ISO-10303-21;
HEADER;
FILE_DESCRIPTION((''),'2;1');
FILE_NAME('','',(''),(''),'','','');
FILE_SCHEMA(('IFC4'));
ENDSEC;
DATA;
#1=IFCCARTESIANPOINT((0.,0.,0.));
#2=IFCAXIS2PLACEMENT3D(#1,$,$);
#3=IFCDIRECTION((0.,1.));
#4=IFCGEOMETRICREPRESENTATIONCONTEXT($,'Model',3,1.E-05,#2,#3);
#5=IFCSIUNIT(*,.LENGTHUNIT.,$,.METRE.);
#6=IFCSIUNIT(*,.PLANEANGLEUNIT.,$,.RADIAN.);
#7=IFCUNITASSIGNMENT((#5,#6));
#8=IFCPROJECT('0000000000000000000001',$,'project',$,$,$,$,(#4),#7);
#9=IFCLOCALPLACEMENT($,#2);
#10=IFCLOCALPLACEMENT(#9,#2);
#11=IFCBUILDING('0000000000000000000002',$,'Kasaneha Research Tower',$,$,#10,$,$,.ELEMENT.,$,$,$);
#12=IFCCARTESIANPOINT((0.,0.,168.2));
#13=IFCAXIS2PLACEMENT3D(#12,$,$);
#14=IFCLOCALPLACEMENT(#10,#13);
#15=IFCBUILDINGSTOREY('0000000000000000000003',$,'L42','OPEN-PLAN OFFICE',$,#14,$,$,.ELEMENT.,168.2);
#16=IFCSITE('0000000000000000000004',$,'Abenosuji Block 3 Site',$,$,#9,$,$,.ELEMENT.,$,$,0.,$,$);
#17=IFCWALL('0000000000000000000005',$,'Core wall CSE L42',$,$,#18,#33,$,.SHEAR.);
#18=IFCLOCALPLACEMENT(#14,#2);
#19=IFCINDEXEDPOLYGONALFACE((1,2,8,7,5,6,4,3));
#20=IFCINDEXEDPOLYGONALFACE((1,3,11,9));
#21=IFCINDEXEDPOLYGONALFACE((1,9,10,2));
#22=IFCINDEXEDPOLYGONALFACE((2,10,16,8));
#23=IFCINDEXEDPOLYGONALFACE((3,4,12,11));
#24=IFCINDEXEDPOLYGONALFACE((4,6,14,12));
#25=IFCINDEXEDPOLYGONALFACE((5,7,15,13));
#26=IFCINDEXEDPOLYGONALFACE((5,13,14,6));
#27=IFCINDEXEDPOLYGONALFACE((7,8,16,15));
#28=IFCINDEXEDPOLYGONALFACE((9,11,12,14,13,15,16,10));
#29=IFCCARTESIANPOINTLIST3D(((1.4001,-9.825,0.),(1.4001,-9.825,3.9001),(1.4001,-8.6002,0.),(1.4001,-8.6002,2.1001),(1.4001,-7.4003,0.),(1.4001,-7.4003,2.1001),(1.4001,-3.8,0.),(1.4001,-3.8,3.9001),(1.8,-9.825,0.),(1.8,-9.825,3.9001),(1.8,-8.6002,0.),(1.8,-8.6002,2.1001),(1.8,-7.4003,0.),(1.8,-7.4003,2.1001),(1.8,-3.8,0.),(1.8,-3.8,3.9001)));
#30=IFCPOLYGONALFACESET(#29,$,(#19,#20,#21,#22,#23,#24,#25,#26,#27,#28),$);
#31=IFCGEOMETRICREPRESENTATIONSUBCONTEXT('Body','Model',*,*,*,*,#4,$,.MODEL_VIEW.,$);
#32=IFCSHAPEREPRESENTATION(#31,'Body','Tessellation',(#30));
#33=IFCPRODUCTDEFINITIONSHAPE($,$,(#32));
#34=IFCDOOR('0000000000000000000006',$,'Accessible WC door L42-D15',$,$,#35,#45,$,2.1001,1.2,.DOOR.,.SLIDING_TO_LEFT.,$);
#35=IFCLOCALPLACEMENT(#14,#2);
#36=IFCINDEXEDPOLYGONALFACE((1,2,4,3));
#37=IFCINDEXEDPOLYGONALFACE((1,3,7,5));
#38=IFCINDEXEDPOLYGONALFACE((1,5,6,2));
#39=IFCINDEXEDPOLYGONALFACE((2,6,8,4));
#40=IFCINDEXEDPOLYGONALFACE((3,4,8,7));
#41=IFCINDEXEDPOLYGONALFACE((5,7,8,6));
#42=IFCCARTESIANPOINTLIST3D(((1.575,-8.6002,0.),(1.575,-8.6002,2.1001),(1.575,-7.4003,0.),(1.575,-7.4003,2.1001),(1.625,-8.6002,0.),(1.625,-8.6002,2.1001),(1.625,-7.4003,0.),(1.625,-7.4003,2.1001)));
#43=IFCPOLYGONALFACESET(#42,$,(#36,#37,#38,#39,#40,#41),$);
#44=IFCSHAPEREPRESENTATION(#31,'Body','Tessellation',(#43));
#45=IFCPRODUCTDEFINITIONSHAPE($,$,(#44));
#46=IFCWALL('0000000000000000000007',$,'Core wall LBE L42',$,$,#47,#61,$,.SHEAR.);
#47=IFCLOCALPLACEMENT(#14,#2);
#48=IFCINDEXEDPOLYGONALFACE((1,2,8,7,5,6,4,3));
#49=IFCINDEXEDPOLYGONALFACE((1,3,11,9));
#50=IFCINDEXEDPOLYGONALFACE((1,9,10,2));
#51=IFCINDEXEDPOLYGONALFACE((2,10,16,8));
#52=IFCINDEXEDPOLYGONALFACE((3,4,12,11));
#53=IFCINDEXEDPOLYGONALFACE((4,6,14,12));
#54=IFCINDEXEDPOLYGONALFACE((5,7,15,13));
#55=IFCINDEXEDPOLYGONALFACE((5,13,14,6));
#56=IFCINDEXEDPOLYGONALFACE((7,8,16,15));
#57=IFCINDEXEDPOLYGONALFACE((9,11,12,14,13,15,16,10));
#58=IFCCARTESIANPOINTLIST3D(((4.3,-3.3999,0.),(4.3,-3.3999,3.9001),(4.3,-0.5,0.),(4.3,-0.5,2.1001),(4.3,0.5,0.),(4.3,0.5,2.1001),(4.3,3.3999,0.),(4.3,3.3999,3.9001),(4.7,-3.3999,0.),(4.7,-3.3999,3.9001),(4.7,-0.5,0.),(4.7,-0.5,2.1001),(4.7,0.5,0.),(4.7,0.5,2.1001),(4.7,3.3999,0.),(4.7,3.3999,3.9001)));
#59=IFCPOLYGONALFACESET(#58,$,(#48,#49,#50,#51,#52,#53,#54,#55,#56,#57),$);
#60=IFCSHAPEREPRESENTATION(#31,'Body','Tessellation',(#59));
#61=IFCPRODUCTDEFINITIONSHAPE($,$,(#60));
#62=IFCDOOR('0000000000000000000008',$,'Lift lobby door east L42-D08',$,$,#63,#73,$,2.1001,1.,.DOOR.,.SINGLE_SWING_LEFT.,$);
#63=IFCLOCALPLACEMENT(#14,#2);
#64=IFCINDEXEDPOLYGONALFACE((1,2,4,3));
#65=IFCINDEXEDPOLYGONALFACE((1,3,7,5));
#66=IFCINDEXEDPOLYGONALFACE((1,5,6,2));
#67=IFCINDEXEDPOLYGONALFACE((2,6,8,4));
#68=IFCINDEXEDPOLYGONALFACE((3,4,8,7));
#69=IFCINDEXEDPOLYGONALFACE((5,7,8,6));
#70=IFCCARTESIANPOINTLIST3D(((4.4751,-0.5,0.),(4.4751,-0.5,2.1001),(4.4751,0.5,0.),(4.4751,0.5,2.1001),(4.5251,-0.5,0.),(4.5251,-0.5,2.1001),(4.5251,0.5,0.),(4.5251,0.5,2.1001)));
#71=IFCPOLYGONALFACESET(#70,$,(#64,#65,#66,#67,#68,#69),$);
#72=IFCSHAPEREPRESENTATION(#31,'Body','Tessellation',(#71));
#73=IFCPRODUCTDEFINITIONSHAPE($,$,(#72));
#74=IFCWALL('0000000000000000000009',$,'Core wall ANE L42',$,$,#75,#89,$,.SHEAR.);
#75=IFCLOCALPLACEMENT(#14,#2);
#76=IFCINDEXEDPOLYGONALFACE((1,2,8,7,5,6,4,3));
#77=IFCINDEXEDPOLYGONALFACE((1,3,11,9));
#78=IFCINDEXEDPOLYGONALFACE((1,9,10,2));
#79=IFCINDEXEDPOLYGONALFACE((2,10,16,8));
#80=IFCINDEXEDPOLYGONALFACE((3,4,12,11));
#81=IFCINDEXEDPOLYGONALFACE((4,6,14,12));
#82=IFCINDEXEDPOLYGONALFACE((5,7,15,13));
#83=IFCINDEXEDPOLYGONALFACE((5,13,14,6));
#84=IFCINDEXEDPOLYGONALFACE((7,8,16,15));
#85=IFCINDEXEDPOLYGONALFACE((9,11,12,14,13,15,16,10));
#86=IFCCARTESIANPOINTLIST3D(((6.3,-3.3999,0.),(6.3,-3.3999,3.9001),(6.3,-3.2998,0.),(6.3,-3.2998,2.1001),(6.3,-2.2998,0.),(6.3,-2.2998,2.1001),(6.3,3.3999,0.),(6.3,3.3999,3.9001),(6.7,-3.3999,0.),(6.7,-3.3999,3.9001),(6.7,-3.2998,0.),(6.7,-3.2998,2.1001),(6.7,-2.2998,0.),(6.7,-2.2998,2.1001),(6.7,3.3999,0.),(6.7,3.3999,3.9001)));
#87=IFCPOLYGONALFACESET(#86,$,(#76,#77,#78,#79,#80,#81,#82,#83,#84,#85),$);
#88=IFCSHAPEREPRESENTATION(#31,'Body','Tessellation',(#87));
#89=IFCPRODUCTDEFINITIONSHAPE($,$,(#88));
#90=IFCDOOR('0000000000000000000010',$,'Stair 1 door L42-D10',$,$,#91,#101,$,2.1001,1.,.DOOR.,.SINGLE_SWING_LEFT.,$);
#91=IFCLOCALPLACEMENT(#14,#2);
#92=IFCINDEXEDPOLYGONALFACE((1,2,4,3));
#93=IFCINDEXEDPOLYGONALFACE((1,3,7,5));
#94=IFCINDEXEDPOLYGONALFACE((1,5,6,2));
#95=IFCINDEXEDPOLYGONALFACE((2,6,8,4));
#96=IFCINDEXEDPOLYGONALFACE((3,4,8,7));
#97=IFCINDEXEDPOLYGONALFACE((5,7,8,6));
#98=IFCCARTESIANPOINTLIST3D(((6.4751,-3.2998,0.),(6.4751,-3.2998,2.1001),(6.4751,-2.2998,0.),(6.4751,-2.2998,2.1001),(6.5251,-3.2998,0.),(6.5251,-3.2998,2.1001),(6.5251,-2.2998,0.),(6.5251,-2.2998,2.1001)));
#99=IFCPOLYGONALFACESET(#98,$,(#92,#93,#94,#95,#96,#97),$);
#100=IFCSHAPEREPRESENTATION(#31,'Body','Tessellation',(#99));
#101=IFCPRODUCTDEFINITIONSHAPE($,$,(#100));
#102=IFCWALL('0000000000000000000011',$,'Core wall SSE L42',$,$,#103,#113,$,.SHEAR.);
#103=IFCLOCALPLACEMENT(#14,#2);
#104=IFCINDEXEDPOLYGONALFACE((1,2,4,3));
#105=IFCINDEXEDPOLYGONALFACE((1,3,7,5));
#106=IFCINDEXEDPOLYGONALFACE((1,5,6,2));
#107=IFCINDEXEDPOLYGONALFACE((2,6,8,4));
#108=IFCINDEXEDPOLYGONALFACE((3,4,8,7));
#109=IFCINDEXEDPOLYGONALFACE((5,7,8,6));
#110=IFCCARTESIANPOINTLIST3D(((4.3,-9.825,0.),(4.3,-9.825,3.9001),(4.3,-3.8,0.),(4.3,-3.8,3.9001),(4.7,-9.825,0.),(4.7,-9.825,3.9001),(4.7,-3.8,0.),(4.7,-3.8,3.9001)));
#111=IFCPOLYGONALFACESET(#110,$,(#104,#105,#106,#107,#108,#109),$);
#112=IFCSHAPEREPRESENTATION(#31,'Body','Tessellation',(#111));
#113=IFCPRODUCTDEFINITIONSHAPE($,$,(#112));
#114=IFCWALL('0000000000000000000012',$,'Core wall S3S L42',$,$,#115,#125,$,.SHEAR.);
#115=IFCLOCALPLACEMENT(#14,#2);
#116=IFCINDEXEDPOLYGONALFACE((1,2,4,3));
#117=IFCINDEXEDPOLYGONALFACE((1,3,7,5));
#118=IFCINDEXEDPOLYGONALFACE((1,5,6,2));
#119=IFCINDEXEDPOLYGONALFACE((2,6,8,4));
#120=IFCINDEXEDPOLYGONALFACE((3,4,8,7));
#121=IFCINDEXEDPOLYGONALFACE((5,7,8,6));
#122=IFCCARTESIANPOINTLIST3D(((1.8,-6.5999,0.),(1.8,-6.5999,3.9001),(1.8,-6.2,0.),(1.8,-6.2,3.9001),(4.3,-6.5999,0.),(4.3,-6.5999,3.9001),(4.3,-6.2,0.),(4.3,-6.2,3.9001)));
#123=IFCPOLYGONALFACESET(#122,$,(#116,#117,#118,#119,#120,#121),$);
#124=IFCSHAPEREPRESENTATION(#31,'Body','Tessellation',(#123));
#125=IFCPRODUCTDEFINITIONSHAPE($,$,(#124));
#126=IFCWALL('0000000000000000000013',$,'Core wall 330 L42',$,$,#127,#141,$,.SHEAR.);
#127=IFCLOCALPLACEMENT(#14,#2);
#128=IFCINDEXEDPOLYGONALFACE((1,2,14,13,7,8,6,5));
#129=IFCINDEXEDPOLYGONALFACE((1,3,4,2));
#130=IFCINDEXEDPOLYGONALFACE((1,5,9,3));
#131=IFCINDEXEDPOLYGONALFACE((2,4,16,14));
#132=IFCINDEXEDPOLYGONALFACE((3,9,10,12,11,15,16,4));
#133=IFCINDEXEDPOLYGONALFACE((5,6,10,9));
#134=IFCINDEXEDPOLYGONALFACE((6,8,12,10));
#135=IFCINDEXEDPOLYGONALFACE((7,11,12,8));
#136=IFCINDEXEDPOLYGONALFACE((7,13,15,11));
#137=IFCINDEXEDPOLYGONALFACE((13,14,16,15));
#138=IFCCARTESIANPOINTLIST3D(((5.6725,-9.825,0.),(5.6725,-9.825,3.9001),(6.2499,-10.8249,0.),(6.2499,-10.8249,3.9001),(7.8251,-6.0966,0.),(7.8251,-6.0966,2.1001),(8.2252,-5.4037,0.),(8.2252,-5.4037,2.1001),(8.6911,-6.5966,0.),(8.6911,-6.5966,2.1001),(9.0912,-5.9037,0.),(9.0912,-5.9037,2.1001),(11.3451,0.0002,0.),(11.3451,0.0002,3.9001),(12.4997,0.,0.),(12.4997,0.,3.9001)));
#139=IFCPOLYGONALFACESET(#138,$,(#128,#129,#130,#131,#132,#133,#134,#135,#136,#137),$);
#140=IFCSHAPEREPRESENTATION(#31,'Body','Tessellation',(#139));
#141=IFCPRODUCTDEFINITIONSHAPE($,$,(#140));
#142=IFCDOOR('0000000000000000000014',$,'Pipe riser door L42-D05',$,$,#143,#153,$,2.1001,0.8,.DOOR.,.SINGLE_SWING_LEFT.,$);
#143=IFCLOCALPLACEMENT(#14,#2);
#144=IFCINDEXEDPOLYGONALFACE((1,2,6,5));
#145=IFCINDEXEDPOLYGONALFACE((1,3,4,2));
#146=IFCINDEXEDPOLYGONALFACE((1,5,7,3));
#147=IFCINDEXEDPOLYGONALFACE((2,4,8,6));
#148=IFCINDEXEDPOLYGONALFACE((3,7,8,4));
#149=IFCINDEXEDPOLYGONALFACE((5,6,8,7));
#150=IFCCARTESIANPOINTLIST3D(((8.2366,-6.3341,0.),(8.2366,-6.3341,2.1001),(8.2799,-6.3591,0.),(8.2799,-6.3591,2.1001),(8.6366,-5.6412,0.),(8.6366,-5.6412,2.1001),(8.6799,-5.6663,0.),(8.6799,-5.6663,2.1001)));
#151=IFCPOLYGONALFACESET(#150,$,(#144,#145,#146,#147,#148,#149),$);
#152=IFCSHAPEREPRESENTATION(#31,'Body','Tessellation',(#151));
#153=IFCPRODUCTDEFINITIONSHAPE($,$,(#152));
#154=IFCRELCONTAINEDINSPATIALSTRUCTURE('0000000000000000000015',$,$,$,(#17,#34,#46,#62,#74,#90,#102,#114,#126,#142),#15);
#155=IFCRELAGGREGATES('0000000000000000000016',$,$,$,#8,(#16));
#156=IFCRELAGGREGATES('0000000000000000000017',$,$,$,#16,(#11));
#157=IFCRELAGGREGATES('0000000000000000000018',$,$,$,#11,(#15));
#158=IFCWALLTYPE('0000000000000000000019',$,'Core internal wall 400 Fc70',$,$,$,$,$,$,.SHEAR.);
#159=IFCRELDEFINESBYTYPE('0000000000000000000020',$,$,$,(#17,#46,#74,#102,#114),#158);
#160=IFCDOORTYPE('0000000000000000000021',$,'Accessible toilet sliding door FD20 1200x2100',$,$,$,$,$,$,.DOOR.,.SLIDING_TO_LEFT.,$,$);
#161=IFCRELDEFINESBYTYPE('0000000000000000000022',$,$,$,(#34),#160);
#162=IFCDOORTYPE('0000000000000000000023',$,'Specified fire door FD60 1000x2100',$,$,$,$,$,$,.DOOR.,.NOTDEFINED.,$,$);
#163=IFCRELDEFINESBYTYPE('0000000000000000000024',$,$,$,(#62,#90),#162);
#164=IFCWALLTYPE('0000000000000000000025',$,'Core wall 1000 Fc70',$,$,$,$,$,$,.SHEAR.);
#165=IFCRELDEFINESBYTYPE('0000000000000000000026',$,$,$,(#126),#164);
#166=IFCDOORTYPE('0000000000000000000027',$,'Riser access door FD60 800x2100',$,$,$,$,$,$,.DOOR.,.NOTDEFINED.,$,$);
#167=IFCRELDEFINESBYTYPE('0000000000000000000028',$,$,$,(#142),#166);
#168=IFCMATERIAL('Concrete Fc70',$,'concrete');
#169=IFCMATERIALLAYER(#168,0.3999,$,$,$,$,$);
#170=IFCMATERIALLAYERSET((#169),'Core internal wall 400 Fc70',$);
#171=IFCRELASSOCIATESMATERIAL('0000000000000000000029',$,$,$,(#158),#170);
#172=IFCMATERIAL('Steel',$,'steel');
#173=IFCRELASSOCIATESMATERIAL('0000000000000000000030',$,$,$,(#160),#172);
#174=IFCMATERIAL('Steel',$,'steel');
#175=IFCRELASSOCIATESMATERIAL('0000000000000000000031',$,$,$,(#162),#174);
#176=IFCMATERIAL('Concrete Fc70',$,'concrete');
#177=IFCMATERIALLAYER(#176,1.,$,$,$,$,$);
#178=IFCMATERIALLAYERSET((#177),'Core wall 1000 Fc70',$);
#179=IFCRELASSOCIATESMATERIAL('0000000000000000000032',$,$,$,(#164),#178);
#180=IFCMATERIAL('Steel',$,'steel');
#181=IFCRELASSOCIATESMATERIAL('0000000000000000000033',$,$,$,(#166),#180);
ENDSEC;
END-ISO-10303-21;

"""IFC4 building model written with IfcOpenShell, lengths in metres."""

from ifc_helpers import new_model, si_unit, direction, frame, frame_2d, origin, place, context, subcontext, project, spatial, polyline, rectangle, outline, extrude, material, layer, layer_set, type_object, element, fill, save


model = new_model("IFC4")

# Units and contexts
model_context = context("Model", 3, precision=1e-05, world=origin(), true_north=direction((0.0, 1.0)))
body_context = subcontext(model_context, "Body", "Model", "MODEL_VIEW")
ifc_project = project(units=[si_unit("LENGTHUNIT", "METRE"), si_unit("PLANEANGLEUNIT", "RADIAN")], contexts=[model_context])

# Site, building, storey
site_placement = place(None, origin())
site = spatial("IfcSite", under=ifc_project, at=site_placement, Name="Abenosuji Block 3 Site", CompositionType="ELEMENT", RefElevation=0.0)
building_placement = place(site_placement, origin())
building = spatial("IfcBuilding", under=site, at=building_placement, Name="Kasaneha Research Tower", CompositionType="ELEMENT")
storey_placement = place(building_placement, frame((0.0, 0.0, 168.2)))
storey = spatial("IfcBuildingStorey", under=building, at=storey_placement, Name="L42", Description="OPEN-PLAN OFFICE", CompositionType="ELEMENT", Elevation=168.2)

# Walls, openings, doors
ifc_material_1 = material(Name="Concrete Fc70", Category="concrete")
ifc_layer_1 = layer(ifc_material_1, 0.3999)
ifc_layer_set_1 = layer_set([ifc_layer_1], Name="Core internal wall 400 Fc70")
wall_type_1 = type_object("IfcWallType", Name="Core internal wall 400 Fc70", PredefinedType="SHEAR", material=ifc_layer_set_1)
wall_1_placement = place(storey_placement, frame((1.6001, -3.8, 0.0), z_axis=(0.0, 0.0, 1.0), x_axis=(0.0, -1.0, 0.0)))
wall_1 = element("IfcWall", 1, at=wall_1_placement, inside=storey, type_object=wall_type_1, Name="Core wall CSE L42", PredefinedType="SHEAR", context=body_context, shape_type="SweptSolid", body=[
    extrude(rectangle(XDim=6.0249, YDim=0.3999, at=frame_2d((3.0125, 0.0))), origin(), (0.0, 0.0, 1.0), 3.9001),
])
opening_1_placement = place(wall_1_placement, frame((3.6001, 0.0, 0.0)))
opening_1 = element("IfcOpeningElement", 2, at=opening_1_placement, cuts=wall_1, PredefinedType="OPENING", context=body_context, shape_type="SweptSolid", body=[
    extrude(rectangle(XDim=1.2, YDim=2.1001, at=frame_2d((0.6001, 1.05))), frame((0.0, 0.21, 0.0), z_axis=(0.0, -1.0, 0.0), x_axis=(1.0, 0.0, 0.0)), (0.0, 0.0, 1.0), 0.4199),
])
ifc_material_2 = material(Name="Steel", Category="steel")
door_type_1 = type_object("IfcDoorType", Name="Accessible toilet sliding door FD20 1200x2100", OperationType="SLIDING_TO_LEFT", PredefinedType="DOOR", material=ifc_material_2)
door_1_placement = place(opening_1_placement, origin())
door_1 = element("IfcDoor", 3, at=door_1_placement, inside=storey, type_object=door_type_1, Name="Accessible WC door L42-D15", OperationType="SLIDING_TO_LEFT", OverallHeight=2.1001, OverallWidth=1.2, PredefinedType="DOOR", context=body_context, shape_type="SweptSolid", body=[
    extrude(rectangle(XDim=1.2, YDim=2.1001, at=frame_2d((0.6001, 1.05))), frame((0.0, 0.0249, 0.0), z_axis=(0.0, -1.0, 0.0), x_axis=(1.0, 0.0, 0.0)), (0.0, 0.0, 1.0), 0.05),
])
fill(opening_1, door_1)
wall_2_placement = place(storey_placement, frame((4.5, -3.3999, 0.0), z_axis=(0.0, 0.0, 1.0), x_axis=(0.0, 1.0, 0.0)))
wall_2 = element("IfcWall", 4, at=wall_2_placement, inside=storey, type_object=wall_type_1, Name="Core wall LBE L42", PredefinedType="SHEAR", context=body_context, shape_type="SweptSolid", body=[
    extrude(rectangle(XDim=6.7998, YDim=0.3999, at=frame_2d((3.3999, 0.0))), origin(), (0.0, 0.0, 1.0), 3.9001),
])
opening_2_placement = place(wall_2_placement, frame((2.8999, 0.0, 0.0)))
opening_2 = element("IfcOpeningElement", 5, at=opening_2_placement, cuts=wall_2, PredefinedType="OPENING", context=body_context, shape_type="SweptSolid", body=[
    extrude(rectangle(XDim=1.0, YDim=2.1001, at=frame_2d((0.5, 1.05))), frame((0.0, 0.21, 0.0), z_axis=(0.0, -1.0, 0.0), x_axis=(1.0, 0.0, 0.0)), (0.0, 0.0, 1.0), 0.4199),
])
ifc_material_3 = material(Name="Steel", Category="steel")
door_type_2 = type_object("IfcDoorType", Name="Specified fire door FD60 1000x2100", OperationType="NOTDEFINED", PredefinedType="DOOR", material=ifc_material_3)
door_2_placement = place(opening_2_placement, origin())
door_2 = element("IfcDoor", 6, at=door_2_placement, inside=storey, type_object=door_type_2, Name="Lift lobby door east L42-D08", OperationType="SINGLE_SWING_LEFT", OverallHeight=2.1001, OverallWidth=1.0, PredefinedType="DOOR", context=body_context, shape_type="SweptSolid", body=[
    extrude(rectangle(XDim=1.0, YDim=2.1001, at=frame_2d((0.5, 1.05))), frame((0.0, 0.0249, 0.0), z_axis=(0.0, -1.0, 0.0), x_axis=(1.0, 0.0, 0.0)), (0.0, 0.0, 1.0), 0.05),
])
fill(opening_2, door_2)
wall_3_placement = place(storey_placement, frame((6.5, -3.3999, 0.0), z_axis=(0.0, 0.0, 1.0), x_axis=(0.0, 1.0, 0.0)))
wall_3 = element("IfcWall", 7, at=wall_3_placement, inside=storey, type_object=wall_type_1, Name="Core wall ANE L42", PredefinedType="SHEAR", context=body_context, shape_type="SweptSolid", body=[
    extrude(rectangle(XDim=6.7998, YDim=0.3999, at=frame_2d((3.3999, 0.0))), origin(), (0.0, 0.0, 1.0), 3.9001),
])
opening_3_placement = place(wall_3_placement, frame((0.1001, 0.0, 0.0)))
opening_3 = element("IfcOpeningElement", 8, at=opening_3_placement, cuts=wall_3, PredefinedType="OPENING", context=body_context, shape_type="SweptSolid", body=[
    extrude(rectangle(XDim=1.0, YDim=2.1001, at=frame_2d((0.5, 1.05))), frame((0.0, 0.21, 0.0), z_axis=(0.0, -1.0, 0.0), x_axis=(1.0, 0.0, 0.0)), (0.0, 0.0, 1.0), 0.4199),
])
door_3_placement = place(opening_3_placement, origin())
door_3 = element("IfcDoor", 9, at=door_3_placement, inside=storey, type_object=door_type_2, Name="Stair 1 door L42-D10", OperationType="SINGLE_SWING_LEFT", OverallHeight=2.1001, OverallWidth=1.0, PredefinedType="DOOR", context=body_context, shape_type="SweptSolid", body=[
    extrude(rectangle(XDim=1.0, YDim=2.1001, at=frame_2d((0.5, 1.05))), frame((0.0, 0.0249, 0.0), z_axis=(0.0, -1.0, 0.0), x_axis=(1.0, 0.0, 0.0)), (0.0, 0.0, 1.0), 0.05),
])
fill(opening_3, door_3)

# Walls
wall_4_placement = place(storey_placement, frame((4.5, -3.8, 0.0), z_axis=(0.0, 0.0, 1.0), x_axis=(0.0, -1.0, 0.0)))
element("IfcWall", 10, at=wall_4_placement, inside=storey, type_object=wall_type_1, Name="Core wall SSE L42", PredefinedType="SHEAR", context=body_context, shape_type="SweptSolid", body=[
    extrude(rectangle(XDim=6.0249, YDim=0.3999, at=frame_2d((3.0125, 0.0))), origin(), (0.0, 0.0, 1.0), 3.9001),
])
wall_5_placement = place(storey_placement, frame((1.8, -6.3999, 0.0), z_axis=(0.0, 0.0, 1.0), x_axis=(1.0, 0.0, 0.0)))
element("IfcWall", 11, at=wall_5_placement, inside=storey, type_object=wall_type_1, Name="Core wall S3S L42", PredefinedType="SHEAR", context=body_context, shape_type="SweptSolid", body=[
    extrude(rectangle(XDim=2.5, YDim=0.3999, at=frame_2d((1.25, 0.0))), origin(), (0.0, 0.0, 1.0), 3.9001),
])

# Wall, opening, door
ifc_material_4 = material(Name="Concrete Fc70", Category="concrete")
ifc_layer_2 = layer(ifc_material_4, 1.0)
ifc_layer_set_2 = layer_set([ifc_layer_2], Name="Core wall 1000 Fc70")
wall_type_2 = type_object("IfcWallType", Name="Core wall 1000 Fc70", PredefinedType="SHEAR", material=ifc_layer_set_2)
wall_6_placement = place(storey_placement, frame((5.9612, -10.325, 0.0), z_axis=(0.0, 0.0, 1.0), x_axis=(0.500004, 0.866023, 0.0)))
wall_6 = element("IfcWall", 12, at=wall_6_placement, inside=storey, type_object=wall_type_2, Name="Core wall 330 L42", PredefinedType="SHEAR", context=body_context, shape_type="SweptSolid", body=[
    extrude(outline(polyline([(-0.2886, -0.5), (4.594, -0.5), (5.394, -0.5), (12.2109, -0.5), (11.6338, 0.5), (5.394, 0.5), (4.594, 0.5), (0.2886, 0.5), (-0.2886, -0.5)])), origin(), (0.0, 0.0, 1.0), 3.9001),
])
opening_4_placement = place(wall_6_placement, frame((4.594, 0.0, 0.0)))
opening_4 = element("IfcOpeningElement", 13, at=opening_4_placement, cuts=wall_6, PredefinedType="OPENING", context=body_context, shape_type="SweptSolid", body=[
    extrude(rectangle(XDim=0.8, YDim=2.1001, at=frame_2d((0.3999, 1.05))), frame((0.0, 0.51, 0.0), z_axis=(0.0, -1.0, 0.0), x_axis=(1.0, 0.0, 0.0)), (0.0, 0.0, 1.0), 1.02),
])
ifc_material_5 = material(Name="Steel", Category="steel")
door_type_3 = type_object("IfcDoorType", Name="Riser access door FD60 800x2100", OperationType="NOTDEFINED", PredefinedType="DOOR", material=ifc_material_5)
door_4_placement = place(opening_4_placement, origin())
door_4 = element("IfcDoor", 14, at=door_4_placement, inside=storey, type_object=door_type_3, Name="Pipe riser door L42-D05", OperationType="SINGLE_SWING_LEFT", OverallHeight=2.1001, OverallWidth=0.8, PredefinedType="DOOR", context=body_context, shape_type="SweptSolid", body=[
    extrude(rectangle(XDim=0.8, YDim=2.1001, at=frame_2d((0.3999, 1.05))), frame((0.0, 0.0249, 0.0), z_axis=(0.0, -1.0, 0.0), x_axis=(1.0, 0.0, 0.0)), (0.0, 0.0, 1.0), 0.05),
])
fill(opening_4, door_4)

save(model, "model.ifc")
